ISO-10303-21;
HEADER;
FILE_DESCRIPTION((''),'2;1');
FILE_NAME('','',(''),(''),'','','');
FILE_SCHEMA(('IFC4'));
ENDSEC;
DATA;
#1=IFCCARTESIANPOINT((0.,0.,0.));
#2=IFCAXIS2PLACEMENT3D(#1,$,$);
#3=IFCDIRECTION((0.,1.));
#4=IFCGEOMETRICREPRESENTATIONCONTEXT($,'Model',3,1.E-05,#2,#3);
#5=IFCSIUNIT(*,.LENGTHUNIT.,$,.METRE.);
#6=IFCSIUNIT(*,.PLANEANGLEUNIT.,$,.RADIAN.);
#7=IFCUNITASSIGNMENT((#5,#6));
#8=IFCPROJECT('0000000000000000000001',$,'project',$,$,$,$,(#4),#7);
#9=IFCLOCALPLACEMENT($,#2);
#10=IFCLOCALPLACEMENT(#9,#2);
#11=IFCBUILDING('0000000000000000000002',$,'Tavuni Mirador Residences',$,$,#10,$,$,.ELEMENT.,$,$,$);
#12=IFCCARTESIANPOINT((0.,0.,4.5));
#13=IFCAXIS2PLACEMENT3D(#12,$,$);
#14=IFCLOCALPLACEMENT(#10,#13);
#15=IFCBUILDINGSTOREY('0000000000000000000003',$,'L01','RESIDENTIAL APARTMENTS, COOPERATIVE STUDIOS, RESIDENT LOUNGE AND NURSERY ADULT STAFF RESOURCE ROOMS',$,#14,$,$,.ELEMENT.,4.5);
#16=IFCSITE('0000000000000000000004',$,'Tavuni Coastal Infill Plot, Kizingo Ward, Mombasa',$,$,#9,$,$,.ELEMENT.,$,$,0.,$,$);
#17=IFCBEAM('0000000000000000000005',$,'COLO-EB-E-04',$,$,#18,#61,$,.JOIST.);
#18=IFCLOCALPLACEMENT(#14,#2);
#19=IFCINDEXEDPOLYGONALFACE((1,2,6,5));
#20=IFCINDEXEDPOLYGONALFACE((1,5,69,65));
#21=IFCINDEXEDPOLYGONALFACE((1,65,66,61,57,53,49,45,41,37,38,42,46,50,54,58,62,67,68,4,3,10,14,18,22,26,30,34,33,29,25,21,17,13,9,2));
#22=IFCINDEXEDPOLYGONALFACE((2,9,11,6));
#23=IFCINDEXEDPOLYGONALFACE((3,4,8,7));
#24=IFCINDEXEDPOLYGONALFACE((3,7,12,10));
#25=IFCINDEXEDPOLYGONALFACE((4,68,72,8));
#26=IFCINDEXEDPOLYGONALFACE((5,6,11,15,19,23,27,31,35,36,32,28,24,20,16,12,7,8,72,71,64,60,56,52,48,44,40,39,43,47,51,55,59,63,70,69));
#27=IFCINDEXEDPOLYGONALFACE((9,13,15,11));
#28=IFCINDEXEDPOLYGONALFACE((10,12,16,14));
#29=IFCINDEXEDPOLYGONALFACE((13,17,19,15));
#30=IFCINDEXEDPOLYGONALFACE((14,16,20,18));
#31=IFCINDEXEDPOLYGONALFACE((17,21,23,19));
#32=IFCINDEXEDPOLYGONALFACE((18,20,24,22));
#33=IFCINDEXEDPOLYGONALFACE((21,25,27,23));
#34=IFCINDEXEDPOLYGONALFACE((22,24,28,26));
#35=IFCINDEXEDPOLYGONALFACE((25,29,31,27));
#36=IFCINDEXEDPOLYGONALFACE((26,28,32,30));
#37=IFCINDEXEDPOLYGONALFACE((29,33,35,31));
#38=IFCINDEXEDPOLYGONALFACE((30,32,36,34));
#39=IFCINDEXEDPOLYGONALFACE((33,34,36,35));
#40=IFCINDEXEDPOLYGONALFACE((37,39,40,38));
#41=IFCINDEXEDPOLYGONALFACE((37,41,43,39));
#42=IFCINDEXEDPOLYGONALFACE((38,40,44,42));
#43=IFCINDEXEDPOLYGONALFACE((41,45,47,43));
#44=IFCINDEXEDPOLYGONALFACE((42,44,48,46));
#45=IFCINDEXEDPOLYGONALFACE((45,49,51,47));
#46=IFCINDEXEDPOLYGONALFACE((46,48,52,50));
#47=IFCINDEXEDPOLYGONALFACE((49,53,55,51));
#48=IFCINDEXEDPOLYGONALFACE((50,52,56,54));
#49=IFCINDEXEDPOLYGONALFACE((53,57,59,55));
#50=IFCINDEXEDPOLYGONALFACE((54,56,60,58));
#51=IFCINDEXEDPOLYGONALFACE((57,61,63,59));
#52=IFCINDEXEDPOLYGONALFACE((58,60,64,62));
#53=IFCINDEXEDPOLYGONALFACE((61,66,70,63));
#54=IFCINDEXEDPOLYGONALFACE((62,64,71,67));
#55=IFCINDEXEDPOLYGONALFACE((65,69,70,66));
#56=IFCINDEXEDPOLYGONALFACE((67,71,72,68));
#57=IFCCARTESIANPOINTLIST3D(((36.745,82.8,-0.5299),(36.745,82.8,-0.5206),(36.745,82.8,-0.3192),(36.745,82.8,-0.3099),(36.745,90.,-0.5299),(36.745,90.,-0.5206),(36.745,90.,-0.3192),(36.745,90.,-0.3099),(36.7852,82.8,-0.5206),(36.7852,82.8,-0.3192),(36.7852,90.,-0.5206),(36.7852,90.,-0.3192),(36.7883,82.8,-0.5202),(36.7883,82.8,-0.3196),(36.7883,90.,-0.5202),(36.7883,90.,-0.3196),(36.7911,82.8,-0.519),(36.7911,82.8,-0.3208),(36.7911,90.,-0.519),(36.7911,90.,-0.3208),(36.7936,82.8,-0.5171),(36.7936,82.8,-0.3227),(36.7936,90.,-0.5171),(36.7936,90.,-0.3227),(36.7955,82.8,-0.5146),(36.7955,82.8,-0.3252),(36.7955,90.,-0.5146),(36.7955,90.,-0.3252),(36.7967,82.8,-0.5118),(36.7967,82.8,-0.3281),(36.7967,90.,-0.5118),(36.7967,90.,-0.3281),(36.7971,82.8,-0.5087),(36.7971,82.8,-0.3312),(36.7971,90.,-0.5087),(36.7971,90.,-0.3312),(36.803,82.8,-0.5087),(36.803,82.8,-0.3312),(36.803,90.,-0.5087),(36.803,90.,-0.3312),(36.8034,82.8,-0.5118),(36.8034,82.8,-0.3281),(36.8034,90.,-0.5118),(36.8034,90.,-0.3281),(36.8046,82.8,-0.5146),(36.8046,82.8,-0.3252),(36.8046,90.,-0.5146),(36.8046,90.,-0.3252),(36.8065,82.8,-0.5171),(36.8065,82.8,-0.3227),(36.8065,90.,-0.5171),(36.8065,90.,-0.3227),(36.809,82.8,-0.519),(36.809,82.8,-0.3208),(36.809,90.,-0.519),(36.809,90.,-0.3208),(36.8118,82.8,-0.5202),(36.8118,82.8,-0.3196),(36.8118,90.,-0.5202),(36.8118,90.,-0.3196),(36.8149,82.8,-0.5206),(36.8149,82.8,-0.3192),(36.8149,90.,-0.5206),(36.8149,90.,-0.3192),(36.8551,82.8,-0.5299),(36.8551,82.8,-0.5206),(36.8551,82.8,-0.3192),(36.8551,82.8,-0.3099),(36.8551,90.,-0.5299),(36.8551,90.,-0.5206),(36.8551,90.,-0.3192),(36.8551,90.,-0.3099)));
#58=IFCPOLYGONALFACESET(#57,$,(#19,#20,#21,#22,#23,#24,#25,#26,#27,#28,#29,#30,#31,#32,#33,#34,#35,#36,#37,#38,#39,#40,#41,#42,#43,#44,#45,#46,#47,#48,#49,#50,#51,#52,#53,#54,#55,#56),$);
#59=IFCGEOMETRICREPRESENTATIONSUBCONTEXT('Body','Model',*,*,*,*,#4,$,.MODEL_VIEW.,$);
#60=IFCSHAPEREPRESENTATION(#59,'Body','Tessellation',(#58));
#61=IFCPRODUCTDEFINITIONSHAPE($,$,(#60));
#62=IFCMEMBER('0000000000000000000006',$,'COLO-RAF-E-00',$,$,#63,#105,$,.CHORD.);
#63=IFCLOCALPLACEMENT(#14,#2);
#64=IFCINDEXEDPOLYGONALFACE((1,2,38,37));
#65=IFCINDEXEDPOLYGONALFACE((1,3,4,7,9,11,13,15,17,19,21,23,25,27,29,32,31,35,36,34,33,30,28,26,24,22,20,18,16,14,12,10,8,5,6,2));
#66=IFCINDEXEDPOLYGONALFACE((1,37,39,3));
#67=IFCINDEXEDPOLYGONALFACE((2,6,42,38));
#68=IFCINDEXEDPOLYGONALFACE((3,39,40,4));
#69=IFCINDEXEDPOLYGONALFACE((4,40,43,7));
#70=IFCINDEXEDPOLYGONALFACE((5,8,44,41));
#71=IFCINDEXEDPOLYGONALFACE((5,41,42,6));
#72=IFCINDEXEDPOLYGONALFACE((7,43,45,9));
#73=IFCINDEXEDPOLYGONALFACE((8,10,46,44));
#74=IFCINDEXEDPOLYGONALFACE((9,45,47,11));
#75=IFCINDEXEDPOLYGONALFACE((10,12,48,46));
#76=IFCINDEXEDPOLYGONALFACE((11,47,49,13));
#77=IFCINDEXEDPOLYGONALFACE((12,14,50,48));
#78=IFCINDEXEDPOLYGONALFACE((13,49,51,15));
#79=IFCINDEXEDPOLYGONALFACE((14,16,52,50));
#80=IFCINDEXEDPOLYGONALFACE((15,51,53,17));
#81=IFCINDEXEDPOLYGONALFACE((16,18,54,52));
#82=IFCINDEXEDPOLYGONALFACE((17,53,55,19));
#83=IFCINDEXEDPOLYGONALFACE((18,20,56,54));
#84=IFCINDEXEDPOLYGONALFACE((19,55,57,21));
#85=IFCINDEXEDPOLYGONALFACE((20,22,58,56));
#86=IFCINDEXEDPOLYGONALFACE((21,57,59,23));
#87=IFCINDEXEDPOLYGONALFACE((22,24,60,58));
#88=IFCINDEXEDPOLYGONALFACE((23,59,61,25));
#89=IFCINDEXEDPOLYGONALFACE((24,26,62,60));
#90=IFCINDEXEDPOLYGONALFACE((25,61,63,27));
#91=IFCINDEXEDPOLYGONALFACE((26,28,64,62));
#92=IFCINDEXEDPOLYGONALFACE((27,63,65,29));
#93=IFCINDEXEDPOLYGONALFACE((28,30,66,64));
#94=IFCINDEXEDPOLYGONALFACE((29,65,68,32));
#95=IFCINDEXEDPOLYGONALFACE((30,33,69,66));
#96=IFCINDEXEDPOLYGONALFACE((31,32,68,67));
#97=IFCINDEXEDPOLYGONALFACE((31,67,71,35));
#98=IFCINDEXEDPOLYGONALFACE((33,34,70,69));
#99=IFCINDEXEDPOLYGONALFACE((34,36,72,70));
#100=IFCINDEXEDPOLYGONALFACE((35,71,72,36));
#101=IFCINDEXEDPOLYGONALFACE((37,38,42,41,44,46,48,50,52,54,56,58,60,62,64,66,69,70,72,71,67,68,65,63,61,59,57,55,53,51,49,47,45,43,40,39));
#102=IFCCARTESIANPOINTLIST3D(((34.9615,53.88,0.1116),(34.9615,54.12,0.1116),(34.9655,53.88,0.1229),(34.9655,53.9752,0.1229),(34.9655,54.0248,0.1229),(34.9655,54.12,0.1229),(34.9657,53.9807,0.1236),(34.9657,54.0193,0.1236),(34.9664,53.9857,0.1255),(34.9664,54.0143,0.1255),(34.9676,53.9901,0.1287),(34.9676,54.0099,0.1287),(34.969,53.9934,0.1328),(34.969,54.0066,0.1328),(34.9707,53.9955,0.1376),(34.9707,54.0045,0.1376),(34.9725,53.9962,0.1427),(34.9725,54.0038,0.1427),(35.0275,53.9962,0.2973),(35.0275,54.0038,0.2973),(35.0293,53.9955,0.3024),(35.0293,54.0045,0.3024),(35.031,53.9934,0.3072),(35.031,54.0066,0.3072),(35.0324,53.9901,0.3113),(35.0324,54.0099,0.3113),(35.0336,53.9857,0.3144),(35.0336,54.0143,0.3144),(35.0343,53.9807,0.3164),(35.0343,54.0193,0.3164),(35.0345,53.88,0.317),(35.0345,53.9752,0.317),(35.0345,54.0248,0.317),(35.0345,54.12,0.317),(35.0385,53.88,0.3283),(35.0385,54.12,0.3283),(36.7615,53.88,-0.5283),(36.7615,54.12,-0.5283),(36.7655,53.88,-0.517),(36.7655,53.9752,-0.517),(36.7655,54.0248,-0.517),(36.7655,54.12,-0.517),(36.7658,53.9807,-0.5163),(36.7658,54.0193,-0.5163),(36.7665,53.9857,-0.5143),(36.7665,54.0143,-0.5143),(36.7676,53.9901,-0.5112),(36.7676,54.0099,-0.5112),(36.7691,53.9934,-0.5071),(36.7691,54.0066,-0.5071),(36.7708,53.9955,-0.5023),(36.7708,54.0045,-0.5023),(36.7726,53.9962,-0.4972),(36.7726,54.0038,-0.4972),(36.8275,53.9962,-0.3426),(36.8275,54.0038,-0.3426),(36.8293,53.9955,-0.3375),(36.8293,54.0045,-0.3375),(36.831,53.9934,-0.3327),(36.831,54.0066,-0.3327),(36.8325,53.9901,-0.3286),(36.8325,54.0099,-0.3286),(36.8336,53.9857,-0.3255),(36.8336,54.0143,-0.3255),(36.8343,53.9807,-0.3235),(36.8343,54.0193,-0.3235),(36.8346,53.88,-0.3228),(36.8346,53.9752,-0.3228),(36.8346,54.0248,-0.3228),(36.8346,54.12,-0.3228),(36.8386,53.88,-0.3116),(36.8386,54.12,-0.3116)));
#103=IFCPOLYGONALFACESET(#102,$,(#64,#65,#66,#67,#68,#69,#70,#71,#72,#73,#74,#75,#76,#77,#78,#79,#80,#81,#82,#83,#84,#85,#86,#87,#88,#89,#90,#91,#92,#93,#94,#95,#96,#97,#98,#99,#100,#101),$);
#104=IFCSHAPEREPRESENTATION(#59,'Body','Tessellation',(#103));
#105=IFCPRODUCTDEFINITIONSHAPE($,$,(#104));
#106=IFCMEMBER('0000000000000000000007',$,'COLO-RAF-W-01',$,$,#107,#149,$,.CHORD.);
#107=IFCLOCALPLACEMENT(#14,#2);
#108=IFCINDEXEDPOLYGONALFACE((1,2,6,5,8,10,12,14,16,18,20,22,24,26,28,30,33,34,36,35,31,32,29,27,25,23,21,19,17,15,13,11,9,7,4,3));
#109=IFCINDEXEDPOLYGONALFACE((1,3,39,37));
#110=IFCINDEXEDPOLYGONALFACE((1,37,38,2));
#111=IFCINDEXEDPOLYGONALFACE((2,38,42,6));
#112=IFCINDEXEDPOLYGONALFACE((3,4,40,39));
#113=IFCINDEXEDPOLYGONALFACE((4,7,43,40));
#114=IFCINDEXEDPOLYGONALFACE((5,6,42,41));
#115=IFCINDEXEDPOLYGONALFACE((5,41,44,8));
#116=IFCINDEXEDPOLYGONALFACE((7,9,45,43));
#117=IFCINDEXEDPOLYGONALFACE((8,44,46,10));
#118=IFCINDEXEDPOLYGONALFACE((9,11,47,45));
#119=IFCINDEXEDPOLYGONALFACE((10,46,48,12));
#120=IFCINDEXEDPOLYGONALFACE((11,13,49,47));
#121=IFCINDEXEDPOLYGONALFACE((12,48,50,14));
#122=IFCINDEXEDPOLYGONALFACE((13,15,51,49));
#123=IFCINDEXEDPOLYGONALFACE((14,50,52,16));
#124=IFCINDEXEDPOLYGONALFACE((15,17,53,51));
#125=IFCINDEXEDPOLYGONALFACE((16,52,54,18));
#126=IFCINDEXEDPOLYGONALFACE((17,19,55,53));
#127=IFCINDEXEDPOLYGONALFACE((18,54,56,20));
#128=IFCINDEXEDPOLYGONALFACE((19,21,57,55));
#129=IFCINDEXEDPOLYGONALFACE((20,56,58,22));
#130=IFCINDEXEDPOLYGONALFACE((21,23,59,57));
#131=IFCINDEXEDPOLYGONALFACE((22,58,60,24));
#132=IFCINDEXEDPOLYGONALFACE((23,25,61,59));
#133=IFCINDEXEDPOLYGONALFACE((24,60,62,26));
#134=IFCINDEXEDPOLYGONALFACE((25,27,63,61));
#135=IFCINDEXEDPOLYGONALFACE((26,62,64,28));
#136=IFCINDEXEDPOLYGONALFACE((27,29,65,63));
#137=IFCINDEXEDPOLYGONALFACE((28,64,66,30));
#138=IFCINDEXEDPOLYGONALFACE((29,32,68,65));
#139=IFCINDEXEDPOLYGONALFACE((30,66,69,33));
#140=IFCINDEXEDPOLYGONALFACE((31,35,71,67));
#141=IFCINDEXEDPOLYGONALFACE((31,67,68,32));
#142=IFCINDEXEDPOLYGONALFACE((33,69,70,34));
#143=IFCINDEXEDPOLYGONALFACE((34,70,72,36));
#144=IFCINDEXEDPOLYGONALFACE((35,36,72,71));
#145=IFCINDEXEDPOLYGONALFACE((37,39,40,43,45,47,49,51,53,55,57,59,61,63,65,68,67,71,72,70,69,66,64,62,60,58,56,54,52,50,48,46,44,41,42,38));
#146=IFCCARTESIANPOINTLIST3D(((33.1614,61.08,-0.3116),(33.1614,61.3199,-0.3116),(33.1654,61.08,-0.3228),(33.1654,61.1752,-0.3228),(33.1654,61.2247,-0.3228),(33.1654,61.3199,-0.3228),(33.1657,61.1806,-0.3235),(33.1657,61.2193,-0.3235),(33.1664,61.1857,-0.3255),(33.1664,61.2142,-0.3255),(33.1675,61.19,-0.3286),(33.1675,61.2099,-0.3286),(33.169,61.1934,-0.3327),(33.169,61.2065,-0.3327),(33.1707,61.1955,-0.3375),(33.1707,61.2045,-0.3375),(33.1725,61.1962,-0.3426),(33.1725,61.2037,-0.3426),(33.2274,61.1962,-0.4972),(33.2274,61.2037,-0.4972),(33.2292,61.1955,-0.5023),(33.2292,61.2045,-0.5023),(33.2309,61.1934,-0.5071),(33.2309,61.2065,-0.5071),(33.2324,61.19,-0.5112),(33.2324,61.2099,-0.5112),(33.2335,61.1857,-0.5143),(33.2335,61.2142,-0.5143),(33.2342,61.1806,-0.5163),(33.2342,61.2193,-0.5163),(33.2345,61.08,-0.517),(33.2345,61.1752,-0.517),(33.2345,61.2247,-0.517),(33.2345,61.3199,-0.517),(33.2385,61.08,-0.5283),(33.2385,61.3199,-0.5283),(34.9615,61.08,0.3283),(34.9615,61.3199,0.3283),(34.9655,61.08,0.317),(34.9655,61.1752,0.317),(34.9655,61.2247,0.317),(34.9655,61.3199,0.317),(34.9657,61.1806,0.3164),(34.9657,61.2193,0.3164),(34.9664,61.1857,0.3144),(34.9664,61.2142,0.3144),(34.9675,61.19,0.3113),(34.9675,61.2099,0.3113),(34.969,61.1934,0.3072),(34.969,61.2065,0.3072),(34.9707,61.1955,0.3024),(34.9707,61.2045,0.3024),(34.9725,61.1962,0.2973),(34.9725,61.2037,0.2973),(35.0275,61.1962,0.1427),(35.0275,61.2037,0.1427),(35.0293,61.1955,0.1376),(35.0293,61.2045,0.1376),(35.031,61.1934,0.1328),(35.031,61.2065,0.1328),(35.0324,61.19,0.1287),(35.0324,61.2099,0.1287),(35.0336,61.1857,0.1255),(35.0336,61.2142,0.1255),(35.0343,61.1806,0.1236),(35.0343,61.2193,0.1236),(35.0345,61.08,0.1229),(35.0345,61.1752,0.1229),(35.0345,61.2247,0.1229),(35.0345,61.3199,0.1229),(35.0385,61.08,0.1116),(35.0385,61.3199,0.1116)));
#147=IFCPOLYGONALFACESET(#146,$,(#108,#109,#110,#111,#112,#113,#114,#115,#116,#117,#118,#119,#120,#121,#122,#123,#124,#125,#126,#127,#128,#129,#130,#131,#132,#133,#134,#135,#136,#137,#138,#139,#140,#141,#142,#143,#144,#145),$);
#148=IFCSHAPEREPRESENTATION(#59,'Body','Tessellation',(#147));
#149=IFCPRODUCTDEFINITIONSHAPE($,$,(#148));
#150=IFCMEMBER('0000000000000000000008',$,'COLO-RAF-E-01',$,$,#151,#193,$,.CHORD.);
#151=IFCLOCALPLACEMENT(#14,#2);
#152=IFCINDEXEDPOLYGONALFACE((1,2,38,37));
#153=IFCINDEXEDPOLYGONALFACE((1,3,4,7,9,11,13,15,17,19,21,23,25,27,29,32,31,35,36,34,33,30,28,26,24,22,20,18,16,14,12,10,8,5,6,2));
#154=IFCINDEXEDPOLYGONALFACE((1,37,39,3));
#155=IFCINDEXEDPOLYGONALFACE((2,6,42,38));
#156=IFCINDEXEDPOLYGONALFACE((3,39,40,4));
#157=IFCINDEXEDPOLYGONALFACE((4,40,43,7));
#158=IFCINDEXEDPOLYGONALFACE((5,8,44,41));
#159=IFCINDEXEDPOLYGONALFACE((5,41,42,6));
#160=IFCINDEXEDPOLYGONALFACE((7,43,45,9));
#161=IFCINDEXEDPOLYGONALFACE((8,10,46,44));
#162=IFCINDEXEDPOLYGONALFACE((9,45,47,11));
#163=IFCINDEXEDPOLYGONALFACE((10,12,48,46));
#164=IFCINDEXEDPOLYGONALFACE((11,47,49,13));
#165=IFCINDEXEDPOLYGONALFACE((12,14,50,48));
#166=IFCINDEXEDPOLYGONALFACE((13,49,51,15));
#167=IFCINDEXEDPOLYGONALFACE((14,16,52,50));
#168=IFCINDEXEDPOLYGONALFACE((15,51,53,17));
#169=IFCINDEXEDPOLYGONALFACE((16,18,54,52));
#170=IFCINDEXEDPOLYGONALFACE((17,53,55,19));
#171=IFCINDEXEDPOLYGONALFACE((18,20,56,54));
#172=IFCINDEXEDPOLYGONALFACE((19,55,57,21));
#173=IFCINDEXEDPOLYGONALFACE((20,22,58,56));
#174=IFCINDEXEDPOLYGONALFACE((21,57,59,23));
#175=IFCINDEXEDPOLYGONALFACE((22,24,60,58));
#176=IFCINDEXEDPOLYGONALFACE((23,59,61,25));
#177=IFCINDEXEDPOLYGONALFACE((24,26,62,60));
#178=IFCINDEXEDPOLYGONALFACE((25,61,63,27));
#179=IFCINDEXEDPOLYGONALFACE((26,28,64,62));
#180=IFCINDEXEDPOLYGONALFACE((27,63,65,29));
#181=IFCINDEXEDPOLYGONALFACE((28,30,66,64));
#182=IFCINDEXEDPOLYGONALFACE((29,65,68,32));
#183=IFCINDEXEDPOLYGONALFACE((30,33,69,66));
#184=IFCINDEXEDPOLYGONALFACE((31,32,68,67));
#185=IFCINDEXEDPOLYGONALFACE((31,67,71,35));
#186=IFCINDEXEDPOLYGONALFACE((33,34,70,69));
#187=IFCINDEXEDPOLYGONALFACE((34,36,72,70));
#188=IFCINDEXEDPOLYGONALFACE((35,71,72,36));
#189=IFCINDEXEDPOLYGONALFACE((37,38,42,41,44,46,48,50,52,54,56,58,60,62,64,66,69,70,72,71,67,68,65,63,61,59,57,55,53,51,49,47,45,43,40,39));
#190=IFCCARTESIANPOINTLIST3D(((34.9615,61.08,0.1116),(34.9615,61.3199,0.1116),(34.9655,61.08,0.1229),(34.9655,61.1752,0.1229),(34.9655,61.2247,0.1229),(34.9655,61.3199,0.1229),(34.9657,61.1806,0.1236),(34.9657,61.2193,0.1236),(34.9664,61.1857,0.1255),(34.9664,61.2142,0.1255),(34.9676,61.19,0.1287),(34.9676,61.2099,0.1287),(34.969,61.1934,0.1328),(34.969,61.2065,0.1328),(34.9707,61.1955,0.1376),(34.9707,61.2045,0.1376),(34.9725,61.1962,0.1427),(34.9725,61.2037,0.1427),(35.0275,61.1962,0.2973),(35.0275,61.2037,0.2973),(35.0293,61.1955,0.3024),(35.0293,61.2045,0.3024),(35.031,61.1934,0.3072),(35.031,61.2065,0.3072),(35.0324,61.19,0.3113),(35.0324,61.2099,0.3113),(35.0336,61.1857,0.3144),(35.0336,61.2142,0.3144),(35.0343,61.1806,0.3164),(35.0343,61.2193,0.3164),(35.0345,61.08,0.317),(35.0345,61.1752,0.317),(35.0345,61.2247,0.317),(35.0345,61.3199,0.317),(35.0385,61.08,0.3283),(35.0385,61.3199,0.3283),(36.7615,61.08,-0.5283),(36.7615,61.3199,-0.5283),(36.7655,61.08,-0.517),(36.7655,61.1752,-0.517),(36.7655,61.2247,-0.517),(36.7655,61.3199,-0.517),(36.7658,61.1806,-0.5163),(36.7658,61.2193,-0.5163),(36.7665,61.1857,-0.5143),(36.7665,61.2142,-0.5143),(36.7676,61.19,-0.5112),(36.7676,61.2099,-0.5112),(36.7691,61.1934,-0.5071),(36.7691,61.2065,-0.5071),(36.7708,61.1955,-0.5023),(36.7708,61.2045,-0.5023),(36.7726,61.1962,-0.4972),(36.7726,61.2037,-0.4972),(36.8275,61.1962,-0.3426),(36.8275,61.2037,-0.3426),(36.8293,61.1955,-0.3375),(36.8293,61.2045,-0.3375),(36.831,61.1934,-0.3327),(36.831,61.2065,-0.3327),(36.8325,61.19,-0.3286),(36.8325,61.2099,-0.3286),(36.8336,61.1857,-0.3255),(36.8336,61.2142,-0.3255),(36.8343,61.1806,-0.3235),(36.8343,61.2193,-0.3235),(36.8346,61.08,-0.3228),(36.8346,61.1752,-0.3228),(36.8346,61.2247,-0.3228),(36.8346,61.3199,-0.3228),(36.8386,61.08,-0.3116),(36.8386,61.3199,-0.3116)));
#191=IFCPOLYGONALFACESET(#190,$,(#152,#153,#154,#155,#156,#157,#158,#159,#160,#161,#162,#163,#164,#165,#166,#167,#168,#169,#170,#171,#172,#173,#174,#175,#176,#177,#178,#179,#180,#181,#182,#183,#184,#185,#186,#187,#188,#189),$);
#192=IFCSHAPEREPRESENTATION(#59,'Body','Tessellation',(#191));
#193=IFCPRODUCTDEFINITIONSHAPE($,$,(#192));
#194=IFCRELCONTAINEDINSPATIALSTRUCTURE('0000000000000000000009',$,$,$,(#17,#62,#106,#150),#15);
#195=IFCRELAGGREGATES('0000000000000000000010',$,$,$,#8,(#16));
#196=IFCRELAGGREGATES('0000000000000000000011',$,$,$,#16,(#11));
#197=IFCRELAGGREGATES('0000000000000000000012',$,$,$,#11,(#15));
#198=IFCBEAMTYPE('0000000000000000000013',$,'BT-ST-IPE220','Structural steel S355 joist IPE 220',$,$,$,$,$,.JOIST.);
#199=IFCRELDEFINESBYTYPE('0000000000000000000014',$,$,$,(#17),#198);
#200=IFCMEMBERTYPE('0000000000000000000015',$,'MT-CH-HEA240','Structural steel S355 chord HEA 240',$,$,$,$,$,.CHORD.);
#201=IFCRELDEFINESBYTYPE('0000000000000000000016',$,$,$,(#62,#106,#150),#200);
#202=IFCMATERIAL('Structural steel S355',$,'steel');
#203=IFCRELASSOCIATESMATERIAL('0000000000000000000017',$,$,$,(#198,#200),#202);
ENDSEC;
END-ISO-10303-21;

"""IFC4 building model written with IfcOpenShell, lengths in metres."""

from ifc_helpers import new_model, si_unit, direction, frame, origin, origin_2d, place, context, subcontext, project, spatial, i_section, extrude, material, material_profile, profile_set, type_object, element, save


model = new_model("IFC4")

# Units and contexts
model_context = context("Model", 3, precision=1e-05, world=origin(), true_north=direction((0.0, 1.0)))
body_context = subcontext(model_context, "Body", "Model", "MODEL_VIEW")
ifc_project = project(units=[si_unit("LENGTHUNIT", "METRE"), si_unit("PLANEANGLEUNIT", "RADIAN")], contexts=[model_context])

# Site, building, storey
site_placement = place(None, origin())
site = spatial("IfcSite", under=ifc_project, at=site_placement, Name="Tavuni Coastal Infill Plot, Kizingo Ward, Mombasa", CompositionType="ELEMENT", RefElevation=0.0)
building_placement = place(site_placement, origin())
building = spatial("IfcBuilding", under=site, at=building_placement, Name="Tavuni Mirador Residences", CompositionType="ELEMENT")
storey_placement = place(building_placement, frame((0.0, 0.0, 4.5)))
storey = spatial("IfcBuildingStorey", under=building, at=storey_placement, Name="L01", Description="RESIDENTIAL APARTMENTS, COOPERATIVE STUDIOS, RESIDENT LOUNGE AND NURSERY ADULT STAFF RESOURCE ROOMS", CompositionType="ELEMENT", Elevation=4.5)

# Beam
ifc_material = material(Name="Structural steel S355", Category="steel")
ifc_material_profile_1 = material_profile(ifc_material, i_section(OverallWidth=0.1101, OverallDepth=0.22, WebThickness=0.0059, FlangeThickness=0.0093, FilletRadius=0.012, at=origin_2d()), Name="IPE 220", Category="steel")
ifc_profile_set_1 = profile_set([ifc_material_profile_1], Name="Structural steel S355")
beam_type_1 = type_object("IfcBeamType", Name="BT-ST-IPE220", Description="Structural steel S355 joist IPE 220", PredefinedType="JOIST", material=ifc_profile_set_1)
for number, where, z_axis, x_axis, name in (
    (1, (36.8, 82.8, -0.4199), (0.0, 1.0, 0.0), (-1.0, 0.0, 0.0), "COLO-EB-E-04"),
):
    element("IfcBeam", number, at=place(storey_placement, frame(where, z_axis=z_axis, x_axis=x_axis)), inside=storey, type_object=beam_type_1, Name=name, PredefinedType="JOIST", context=body_context, shape_type="SweptSolid", body=[
        extrude(i_section(OverallWidth=0.1101, OverallDepth=0.22, WebThickness=0.0059, FlangeThickness=0.0093, FilletRadius=0.012, at=origin_2d()), origin(), (0.0, 0.0, 1.0), 7.2),
    ])

# Members
ifc_material_profile_2 = material_profile(ifc_material, i_section(OverallWidth=0.24, OverallDepth=0.23, WebThickness=0.0076, FlangeThickness=0.012, FilletRadius=0.021, at=origin_2d()), Name="HEA 240", Category="steel")
ifc_profile_set_2 = profile_set([ifc_material_profile_2], Name="Structural steel S355")
member_type_1 = type_object("IfcMemberType", Name="MT-CH-HEA240", Description="Structural steel S355 chord HEA 240", PredefinedType="CHORD", material=ifc_profile_set_2)
for number, where, z_axis, x_axis, name in (
    (2, (35.0, 54.0, 0.22), (0.942235, 0.0, -0.334952), (0.0, 1.0, 0.0), "COLO-RAF-E-00"),
    (3, (33.2, 61.2, -0.4199), (0.942235, 0.0, 0.334952), (0.0, 1.0, 0.0), "COLO-RAF-W-01"),
    (4, (35.0, 61.2, 0.22), (0.942235, 0.0, -0.334952), (0.0, 1.0, 0.0), "COLO-RAF-E-01"),
):
    element("IfcMember", number, at=place(storey_placement, frame(where, z_axis=z_axis, x_axis=x_axis)), inside=storey, type_object=member_type_1, Name=name, PredefinedType="CHORD", context=body_context, shape_type="SweptSolid", body=[
        extrude(i_section(OverallWidth=0.24, OverallDepth=0.23, WebThickness=0.0076, FlangeThickness=0.012, FilletRadius=0.021, at=origin_2d()), origin(), (0.0, 0.0, 1.0), 1.9104),
    ])

save(model, "model.ifc")
